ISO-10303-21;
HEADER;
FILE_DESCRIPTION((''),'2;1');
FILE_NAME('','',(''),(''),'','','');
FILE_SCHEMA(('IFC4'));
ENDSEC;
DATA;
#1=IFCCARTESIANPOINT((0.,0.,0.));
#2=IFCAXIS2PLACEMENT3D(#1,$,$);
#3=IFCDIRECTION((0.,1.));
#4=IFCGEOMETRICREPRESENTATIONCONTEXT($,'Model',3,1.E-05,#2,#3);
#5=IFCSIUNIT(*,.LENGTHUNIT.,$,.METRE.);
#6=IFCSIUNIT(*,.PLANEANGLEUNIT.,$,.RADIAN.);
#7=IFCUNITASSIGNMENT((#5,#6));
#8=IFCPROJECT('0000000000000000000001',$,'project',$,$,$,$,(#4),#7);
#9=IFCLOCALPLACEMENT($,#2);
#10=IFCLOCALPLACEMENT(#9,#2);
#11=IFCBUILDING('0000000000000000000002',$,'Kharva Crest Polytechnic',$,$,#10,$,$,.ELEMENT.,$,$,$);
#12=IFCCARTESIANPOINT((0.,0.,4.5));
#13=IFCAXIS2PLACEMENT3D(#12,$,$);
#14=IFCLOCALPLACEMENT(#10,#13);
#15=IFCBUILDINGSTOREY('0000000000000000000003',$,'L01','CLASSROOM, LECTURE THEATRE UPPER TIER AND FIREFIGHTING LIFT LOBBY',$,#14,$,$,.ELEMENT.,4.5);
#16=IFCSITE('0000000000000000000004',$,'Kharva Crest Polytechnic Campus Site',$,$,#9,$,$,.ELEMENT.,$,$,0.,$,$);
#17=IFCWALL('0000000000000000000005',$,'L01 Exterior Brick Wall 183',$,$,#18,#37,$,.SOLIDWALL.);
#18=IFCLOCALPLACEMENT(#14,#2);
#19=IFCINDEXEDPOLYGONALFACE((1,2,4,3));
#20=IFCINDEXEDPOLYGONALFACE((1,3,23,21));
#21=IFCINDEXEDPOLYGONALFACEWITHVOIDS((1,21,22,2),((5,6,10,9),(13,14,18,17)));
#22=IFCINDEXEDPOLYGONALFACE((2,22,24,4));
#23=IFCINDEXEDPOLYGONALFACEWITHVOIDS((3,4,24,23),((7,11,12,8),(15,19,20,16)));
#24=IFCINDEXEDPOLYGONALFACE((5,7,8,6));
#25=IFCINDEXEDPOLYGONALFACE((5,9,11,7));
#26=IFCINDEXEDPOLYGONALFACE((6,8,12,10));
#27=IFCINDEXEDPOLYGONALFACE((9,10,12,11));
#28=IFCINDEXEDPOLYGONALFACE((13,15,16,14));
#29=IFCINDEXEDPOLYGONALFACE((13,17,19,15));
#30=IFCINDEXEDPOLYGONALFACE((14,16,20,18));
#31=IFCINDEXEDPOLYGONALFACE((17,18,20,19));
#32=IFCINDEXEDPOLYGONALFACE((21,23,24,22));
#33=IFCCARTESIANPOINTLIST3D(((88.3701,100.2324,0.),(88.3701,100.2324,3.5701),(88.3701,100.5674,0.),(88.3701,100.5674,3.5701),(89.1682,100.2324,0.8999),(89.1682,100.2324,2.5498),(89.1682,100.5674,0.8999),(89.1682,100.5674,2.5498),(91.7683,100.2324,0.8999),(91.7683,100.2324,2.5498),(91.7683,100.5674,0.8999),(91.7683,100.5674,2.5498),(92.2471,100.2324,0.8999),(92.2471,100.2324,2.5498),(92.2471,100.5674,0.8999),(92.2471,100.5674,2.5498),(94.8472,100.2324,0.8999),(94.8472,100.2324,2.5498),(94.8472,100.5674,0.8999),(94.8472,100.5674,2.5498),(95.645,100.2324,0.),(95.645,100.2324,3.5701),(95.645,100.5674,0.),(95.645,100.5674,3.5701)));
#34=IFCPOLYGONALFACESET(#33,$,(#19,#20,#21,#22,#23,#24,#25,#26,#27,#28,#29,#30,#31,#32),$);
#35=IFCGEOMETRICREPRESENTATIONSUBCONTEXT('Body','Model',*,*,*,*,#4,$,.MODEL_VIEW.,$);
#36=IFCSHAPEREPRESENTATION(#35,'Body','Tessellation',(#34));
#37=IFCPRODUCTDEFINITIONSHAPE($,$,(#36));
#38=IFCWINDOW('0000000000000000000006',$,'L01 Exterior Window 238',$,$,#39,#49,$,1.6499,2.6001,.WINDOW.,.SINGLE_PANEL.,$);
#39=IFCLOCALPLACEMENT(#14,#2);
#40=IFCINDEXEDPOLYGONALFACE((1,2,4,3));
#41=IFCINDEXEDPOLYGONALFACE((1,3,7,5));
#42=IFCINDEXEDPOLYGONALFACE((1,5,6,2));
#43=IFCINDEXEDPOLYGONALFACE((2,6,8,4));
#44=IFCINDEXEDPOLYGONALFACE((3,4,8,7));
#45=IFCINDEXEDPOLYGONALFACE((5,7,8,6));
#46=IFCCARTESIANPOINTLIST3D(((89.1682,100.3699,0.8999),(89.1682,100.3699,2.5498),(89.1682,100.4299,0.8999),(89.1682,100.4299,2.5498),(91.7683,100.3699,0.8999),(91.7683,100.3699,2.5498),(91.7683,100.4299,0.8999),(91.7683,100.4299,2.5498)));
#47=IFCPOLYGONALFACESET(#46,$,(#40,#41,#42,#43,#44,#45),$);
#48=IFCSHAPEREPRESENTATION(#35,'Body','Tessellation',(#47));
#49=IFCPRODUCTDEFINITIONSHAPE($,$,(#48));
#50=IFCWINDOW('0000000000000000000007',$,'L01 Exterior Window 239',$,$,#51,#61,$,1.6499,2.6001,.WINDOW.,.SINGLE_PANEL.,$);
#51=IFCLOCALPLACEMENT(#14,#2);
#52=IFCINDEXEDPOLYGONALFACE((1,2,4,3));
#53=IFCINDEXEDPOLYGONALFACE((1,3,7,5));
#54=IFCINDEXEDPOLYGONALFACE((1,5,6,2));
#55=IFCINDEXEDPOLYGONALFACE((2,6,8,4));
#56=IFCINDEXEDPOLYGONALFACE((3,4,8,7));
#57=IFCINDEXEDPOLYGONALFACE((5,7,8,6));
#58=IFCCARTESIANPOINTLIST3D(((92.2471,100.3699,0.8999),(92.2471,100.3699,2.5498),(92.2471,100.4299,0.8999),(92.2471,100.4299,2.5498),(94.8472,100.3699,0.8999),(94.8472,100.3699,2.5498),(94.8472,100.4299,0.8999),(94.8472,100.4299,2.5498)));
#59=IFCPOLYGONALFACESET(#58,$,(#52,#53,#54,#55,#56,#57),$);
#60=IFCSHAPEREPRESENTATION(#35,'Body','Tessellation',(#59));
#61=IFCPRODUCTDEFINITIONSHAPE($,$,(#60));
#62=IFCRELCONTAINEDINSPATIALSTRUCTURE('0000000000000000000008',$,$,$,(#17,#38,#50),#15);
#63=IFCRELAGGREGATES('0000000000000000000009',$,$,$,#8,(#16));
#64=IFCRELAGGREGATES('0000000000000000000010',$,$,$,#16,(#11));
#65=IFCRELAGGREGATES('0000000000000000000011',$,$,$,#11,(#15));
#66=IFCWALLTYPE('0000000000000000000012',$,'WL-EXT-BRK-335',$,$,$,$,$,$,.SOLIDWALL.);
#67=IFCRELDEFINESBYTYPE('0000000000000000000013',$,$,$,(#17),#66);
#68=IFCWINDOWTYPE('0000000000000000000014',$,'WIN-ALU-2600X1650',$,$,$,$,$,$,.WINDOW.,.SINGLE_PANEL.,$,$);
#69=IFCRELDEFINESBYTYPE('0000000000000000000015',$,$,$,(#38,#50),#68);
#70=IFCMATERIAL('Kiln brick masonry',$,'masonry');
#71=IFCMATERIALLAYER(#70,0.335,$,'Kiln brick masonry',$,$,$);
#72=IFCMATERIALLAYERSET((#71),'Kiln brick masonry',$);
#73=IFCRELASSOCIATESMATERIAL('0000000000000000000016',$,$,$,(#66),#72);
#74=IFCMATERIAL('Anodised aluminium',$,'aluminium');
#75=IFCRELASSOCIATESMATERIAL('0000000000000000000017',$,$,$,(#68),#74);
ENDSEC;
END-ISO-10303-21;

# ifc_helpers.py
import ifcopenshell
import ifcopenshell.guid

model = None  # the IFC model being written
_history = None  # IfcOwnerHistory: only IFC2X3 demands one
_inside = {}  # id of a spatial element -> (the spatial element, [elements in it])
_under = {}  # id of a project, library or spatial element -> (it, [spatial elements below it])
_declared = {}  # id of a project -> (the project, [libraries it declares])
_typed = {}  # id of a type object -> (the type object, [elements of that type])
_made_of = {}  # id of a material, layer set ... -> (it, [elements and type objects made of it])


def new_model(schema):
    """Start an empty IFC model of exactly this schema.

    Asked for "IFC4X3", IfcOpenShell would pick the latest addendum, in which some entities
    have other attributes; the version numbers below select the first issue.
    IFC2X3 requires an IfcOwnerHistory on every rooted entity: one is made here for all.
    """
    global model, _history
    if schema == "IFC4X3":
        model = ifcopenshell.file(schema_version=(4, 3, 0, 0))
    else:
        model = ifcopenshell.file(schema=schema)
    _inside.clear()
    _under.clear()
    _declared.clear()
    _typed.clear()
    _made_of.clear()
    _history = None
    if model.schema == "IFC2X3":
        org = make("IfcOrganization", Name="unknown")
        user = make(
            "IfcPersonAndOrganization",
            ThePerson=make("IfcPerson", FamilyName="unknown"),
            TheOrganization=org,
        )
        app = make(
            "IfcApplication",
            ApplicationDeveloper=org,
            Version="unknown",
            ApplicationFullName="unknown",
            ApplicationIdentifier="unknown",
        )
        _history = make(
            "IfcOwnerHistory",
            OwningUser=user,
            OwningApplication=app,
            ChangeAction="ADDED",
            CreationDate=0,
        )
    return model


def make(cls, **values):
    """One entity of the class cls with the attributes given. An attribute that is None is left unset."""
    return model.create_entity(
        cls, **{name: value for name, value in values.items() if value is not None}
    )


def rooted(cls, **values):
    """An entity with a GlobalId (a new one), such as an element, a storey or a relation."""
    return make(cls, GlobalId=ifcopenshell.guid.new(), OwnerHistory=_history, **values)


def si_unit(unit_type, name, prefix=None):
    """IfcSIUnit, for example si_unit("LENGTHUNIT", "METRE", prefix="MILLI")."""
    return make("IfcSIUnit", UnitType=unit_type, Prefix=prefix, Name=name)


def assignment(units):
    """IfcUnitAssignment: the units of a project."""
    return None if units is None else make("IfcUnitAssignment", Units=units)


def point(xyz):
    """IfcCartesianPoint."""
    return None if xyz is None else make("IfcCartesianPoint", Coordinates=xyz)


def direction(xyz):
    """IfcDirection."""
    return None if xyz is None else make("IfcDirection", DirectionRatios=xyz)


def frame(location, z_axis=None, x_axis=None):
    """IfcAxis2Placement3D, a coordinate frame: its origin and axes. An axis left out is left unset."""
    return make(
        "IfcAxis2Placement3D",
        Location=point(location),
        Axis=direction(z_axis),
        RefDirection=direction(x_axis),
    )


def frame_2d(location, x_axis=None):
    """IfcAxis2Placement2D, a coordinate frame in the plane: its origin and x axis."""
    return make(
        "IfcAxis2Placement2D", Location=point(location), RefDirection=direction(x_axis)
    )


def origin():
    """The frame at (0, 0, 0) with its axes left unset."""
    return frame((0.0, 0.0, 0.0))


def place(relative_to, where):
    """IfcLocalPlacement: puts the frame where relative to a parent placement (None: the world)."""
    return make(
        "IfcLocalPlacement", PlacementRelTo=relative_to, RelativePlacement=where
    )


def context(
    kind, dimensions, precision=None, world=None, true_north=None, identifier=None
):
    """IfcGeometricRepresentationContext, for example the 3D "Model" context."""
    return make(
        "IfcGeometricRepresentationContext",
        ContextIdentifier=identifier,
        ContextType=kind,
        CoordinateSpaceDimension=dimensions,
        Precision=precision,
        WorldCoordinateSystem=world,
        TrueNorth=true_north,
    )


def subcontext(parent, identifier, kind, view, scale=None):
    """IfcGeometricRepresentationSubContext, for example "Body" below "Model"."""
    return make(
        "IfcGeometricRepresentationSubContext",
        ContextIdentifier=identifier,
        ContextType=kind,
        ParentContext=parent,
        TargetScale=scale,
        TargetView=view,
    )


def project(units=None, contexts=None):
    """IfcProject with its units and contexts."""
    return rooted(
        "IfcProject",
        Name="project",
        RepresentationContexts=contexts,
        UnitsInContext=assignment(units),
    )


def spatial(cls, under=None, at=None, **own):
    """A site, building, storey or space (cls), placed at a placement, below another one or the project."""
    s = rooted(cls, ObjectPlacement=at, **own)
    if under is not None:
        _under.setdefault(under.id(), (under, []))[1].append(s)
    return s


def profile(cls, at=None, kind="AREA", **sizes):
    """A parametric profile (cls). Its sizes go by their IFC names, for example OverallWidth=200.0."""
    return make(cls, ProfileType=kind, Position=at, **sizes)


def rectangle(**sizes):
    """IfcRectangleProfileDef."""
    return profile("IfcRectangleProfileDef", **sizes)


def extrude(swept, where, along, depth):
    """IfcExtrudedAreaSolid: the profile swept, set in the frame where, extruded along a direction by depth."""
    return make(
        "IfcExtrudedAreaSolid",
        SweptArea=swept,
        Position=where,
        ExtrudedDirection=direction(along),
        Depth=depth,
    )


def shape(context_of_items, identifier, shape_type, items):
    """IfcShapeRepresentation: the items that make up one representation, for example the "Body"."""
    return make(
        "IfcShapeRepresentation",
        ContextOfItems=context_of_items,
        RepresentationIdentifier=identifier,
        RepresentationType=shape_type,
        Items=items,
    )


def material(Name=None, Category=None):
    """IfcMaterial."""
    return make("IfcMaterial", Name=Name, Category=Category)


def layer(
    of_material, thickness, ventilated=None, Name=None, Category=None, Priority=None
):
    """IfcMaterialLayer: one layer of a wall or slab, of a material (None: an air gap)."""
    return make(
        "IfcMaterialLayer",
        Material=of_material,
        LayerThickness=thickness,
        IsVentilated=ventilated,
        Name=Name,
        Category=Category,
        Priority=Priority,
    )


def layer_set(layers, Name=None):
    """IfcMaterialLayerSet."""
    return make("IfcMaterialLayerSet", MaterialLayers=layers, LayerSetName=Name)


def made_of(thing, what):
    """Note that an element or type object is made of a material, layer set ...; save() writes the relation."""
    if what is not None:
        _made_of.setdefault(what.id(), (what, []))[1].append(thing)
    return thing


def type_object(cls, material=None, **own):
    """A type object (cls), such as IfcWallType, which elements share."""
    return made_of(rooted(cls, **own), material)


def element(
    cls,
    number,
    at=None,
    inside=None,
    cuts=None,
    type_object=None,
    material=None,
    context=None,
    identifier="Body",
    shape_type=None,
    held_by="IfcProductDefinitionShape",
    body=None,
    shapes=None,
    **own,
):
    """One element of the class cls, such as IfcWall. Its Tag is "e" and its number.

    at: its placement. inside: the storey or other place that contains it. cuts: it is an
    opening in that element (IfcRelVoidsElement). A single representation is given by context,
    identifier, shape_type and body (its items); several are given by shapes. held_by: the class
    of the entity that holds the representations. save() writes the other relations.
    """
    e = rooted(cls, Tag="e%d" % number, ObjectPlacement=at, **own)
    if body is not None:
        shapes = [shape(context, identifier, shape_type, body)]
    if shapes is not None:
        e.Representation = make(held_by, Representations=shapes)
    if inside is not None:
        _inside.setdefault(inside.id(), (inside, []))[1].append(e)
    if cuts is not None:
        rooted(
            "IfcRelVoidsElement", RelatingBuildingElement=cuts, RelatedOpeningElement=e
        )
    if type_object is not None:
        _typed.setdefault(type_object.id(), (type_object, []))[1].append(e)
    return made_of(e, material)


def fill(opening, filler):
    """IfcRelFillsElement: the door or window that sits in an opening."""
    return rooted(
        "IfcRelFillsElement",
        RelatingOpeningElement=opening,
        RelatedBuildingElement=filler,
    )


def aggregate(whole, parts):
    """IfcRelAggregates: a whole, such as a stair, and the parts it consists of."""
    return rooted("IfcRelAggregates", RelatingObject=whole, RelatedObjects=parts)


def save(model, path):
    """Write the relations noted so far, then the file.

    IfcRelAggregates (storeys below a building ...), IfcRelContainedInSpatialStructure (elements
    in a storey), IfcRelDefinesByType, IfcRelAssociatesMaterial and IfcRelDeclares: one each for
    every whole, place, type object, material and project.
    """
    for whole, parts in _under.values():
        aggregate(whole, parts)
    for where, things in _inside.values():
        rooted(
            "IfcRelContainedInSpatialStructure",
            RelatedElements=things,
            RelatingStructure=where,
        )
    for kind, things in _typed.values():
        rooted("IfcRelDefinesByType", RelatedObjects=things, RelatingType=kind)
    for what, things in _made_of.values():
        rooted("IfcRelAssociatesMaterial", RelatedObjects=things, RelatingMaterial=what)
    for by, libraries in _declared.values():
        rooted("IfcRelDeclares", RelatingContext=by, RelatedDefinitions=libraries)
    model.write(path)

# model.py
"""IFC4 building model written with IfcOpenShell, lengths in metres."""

from ifc_helpers import new_model, si_unit, direction, frame, frame_2d, origin, place, context, subcontext, project, spatial, rectangle, extrude, material, layer, layer_set, type_object, element, fill, save


model = new_model("IFC4")

# Units and contexts
model_context = context("Model", 3, precision=1e-05, world=origin(), true_north=direction((0.0, 1.0)))
body_context = subcontext(model_context, "Body", "Model", "MODEL_VIEW")
ifc_project = project(units=[si_unit("LENGTHUNIT", "METRE"), si_unit("PLANEANGLEUNIT", "RADIAN")], contexts=[model_context])

# Site, building, storey
site_placement = place(None, origin())
site = spatial("IfcSite", under=ifc_project, at=site_placement, Name="Kharva Crest Polytechnic Campus Site", CompositionType="ELEMENT", RefElevation=0.0)
building_placement = place(site_placement, origin())
building = spatial("IfcBuilding", under=site, at=building_placement, Name="Kharva Crest Polytechnic", CompositionType="ELEMENT")
storey_placement = place(building_placement, frame((0.0, 0.0, 4.5)))
storey = spatial("IfcBuildingStorey", under=building, at=storey_placement, Name="L01", Description="CLASSROOM, LECTURE THEATRE UPPER TIER AND FIREFIGHTING LIFT LOBBY", CompositionType="ELEMENT", Elevation=4.5)

# Wall, openings, windows
ifc_material_1 = material(Name="Kiln brick masonry", Category="masonry")
ifc_material_2 = material(Name="Anodised aluminium", Category="aluminium")
ifc_layer_1 = layer(ifc_material_1, 0.335, Name="Kiln brick masonry")
ifc_layer_set_1 = layer_set([ifc_layer_1], Name="Kiln brick masonry")
wall_type_1 = type_object("IfcWallType", Name="WL-EXT-BRK-335", PredefinedType="SOLIDWALL", material=ifc_layer_set_1)
wall_1_placement = place(storey_placement, frame((88.3701, 100.3999, 0.0), z_axis=(0.0, 0.0, 1.0), x_axis=(1.0, 0.0, 0.0)))
wall_1 = element("IfcWall", 1, at=wall_1_placement, inside=storey, type_object=wall_type_1, Name="L01 Exterior Brick Wall 183", PredefinedType="SOLIDWALL", context=body_context, shape_type="SweptSolid", body=[
    extrude(rectangle(XDim=7.2749, YDim=0.335, at=frame_2d((3.6375, 0.0))), origin(), (0.0, 0.0, 1.0), 3.5701),
])
opening_1_placement = place(wall_1_placement, frame((0.7981, 0.0, 0.8999)))
opening_1 = element("IfcOpeningElement", 2, at=opening_1_placement, cuts=wall_1, PredefinedType="OPENING", context=body_context, shape_type="SweptSolid", body=[
    extrude(rectangle(XDim=2.6001, YDim=1.6499, at=frame_2d((1.3, 0.825))), frame((0.0, 0.1775, 0.0), z_axis=(0.0, -1.0, 0.0), x_axis=(1.0, 0.0, 0.0)), (0.0, 0.0, 1.0), 0.355),
])
opening_2_placement = place(wall_1_placement, frame((3.877, 0.0, 0.8999)))
opening_2 = element("IfcOpeningElement", 3, at=opening_2_placement, cuts=wall_1, PredefinedType="OPENING", context=body_context, shape_type="SweptSolid", body=[
    extrude(rectangle(XDim=2.6001, YDim=1.6499, at=frame_2d((1.3, 0.825))), frame((0.0, 0.1775, 0.0), z_axis=(0.0, -1.0, 0.0), x_axis=(1.0, 0.0, 0.0)), (0.0, 0.0, 1.0), 0.355),
])
window_type_1 = type_object("IfcWindowType", Name="WIN-ALU-2600X1650", PartitioningType="SINGLE_PANEL", PredefinedType="WINDOW", material=ifc_material_2)
window_1_placement = place(opening_1_placement, origin())
window_1 = element("IfcWindow", 4, at=window_1_placement, inside=storey, type_object=window_type_1, Name="L01 Exterior Window 238", OverallHeight=1.6499, OverallWidth=2.6001, PartitioningType="SINGLE_PANEL", PredefinedType="WINDOW", context=body_context, shape_type="SweptSolid", body=[
    extrude(rectangle(XDim=2.6001, YDim=1.6499, at=frame_2d((1.3, 0.825))), frame((0.0, 0.03, 0.0), z_axis=(0.0, -1.0, 0.0), x_axis=(1.0, 0.0, 0.0)), (0.0, 0.0, 1.0), 0.0601),
])
fill(opening_1, window_1)
window_2_placement = place(opening_2_placement, origin())
window_2 = element("IfcWindow", 5, at=window_2_placement, inside=storey, type_object=window_type_1, Name="L01 Exterior Window 239", OverallHeight=1.6499, OverallWidth=2.6001, PartitioningType="SINGLE_PANEL", PredefinedType="WINDOW", context=body_context, shape_type="SweptSolid", body=[
    extrude(rectangle(XDim=2.6001, YDim=1.6499, at=frame_2d((1.3, 0.825))), frame((0.0, 0.03, 0.0), z_axis=(0.0, -1.0, 0.0), x_axis=(1.0, 0.0, 0.0)), (0.0, 0.0, 1.0), 0.0601),
])
fill(opening_2, window_2)

save(model, "model.ifc")
